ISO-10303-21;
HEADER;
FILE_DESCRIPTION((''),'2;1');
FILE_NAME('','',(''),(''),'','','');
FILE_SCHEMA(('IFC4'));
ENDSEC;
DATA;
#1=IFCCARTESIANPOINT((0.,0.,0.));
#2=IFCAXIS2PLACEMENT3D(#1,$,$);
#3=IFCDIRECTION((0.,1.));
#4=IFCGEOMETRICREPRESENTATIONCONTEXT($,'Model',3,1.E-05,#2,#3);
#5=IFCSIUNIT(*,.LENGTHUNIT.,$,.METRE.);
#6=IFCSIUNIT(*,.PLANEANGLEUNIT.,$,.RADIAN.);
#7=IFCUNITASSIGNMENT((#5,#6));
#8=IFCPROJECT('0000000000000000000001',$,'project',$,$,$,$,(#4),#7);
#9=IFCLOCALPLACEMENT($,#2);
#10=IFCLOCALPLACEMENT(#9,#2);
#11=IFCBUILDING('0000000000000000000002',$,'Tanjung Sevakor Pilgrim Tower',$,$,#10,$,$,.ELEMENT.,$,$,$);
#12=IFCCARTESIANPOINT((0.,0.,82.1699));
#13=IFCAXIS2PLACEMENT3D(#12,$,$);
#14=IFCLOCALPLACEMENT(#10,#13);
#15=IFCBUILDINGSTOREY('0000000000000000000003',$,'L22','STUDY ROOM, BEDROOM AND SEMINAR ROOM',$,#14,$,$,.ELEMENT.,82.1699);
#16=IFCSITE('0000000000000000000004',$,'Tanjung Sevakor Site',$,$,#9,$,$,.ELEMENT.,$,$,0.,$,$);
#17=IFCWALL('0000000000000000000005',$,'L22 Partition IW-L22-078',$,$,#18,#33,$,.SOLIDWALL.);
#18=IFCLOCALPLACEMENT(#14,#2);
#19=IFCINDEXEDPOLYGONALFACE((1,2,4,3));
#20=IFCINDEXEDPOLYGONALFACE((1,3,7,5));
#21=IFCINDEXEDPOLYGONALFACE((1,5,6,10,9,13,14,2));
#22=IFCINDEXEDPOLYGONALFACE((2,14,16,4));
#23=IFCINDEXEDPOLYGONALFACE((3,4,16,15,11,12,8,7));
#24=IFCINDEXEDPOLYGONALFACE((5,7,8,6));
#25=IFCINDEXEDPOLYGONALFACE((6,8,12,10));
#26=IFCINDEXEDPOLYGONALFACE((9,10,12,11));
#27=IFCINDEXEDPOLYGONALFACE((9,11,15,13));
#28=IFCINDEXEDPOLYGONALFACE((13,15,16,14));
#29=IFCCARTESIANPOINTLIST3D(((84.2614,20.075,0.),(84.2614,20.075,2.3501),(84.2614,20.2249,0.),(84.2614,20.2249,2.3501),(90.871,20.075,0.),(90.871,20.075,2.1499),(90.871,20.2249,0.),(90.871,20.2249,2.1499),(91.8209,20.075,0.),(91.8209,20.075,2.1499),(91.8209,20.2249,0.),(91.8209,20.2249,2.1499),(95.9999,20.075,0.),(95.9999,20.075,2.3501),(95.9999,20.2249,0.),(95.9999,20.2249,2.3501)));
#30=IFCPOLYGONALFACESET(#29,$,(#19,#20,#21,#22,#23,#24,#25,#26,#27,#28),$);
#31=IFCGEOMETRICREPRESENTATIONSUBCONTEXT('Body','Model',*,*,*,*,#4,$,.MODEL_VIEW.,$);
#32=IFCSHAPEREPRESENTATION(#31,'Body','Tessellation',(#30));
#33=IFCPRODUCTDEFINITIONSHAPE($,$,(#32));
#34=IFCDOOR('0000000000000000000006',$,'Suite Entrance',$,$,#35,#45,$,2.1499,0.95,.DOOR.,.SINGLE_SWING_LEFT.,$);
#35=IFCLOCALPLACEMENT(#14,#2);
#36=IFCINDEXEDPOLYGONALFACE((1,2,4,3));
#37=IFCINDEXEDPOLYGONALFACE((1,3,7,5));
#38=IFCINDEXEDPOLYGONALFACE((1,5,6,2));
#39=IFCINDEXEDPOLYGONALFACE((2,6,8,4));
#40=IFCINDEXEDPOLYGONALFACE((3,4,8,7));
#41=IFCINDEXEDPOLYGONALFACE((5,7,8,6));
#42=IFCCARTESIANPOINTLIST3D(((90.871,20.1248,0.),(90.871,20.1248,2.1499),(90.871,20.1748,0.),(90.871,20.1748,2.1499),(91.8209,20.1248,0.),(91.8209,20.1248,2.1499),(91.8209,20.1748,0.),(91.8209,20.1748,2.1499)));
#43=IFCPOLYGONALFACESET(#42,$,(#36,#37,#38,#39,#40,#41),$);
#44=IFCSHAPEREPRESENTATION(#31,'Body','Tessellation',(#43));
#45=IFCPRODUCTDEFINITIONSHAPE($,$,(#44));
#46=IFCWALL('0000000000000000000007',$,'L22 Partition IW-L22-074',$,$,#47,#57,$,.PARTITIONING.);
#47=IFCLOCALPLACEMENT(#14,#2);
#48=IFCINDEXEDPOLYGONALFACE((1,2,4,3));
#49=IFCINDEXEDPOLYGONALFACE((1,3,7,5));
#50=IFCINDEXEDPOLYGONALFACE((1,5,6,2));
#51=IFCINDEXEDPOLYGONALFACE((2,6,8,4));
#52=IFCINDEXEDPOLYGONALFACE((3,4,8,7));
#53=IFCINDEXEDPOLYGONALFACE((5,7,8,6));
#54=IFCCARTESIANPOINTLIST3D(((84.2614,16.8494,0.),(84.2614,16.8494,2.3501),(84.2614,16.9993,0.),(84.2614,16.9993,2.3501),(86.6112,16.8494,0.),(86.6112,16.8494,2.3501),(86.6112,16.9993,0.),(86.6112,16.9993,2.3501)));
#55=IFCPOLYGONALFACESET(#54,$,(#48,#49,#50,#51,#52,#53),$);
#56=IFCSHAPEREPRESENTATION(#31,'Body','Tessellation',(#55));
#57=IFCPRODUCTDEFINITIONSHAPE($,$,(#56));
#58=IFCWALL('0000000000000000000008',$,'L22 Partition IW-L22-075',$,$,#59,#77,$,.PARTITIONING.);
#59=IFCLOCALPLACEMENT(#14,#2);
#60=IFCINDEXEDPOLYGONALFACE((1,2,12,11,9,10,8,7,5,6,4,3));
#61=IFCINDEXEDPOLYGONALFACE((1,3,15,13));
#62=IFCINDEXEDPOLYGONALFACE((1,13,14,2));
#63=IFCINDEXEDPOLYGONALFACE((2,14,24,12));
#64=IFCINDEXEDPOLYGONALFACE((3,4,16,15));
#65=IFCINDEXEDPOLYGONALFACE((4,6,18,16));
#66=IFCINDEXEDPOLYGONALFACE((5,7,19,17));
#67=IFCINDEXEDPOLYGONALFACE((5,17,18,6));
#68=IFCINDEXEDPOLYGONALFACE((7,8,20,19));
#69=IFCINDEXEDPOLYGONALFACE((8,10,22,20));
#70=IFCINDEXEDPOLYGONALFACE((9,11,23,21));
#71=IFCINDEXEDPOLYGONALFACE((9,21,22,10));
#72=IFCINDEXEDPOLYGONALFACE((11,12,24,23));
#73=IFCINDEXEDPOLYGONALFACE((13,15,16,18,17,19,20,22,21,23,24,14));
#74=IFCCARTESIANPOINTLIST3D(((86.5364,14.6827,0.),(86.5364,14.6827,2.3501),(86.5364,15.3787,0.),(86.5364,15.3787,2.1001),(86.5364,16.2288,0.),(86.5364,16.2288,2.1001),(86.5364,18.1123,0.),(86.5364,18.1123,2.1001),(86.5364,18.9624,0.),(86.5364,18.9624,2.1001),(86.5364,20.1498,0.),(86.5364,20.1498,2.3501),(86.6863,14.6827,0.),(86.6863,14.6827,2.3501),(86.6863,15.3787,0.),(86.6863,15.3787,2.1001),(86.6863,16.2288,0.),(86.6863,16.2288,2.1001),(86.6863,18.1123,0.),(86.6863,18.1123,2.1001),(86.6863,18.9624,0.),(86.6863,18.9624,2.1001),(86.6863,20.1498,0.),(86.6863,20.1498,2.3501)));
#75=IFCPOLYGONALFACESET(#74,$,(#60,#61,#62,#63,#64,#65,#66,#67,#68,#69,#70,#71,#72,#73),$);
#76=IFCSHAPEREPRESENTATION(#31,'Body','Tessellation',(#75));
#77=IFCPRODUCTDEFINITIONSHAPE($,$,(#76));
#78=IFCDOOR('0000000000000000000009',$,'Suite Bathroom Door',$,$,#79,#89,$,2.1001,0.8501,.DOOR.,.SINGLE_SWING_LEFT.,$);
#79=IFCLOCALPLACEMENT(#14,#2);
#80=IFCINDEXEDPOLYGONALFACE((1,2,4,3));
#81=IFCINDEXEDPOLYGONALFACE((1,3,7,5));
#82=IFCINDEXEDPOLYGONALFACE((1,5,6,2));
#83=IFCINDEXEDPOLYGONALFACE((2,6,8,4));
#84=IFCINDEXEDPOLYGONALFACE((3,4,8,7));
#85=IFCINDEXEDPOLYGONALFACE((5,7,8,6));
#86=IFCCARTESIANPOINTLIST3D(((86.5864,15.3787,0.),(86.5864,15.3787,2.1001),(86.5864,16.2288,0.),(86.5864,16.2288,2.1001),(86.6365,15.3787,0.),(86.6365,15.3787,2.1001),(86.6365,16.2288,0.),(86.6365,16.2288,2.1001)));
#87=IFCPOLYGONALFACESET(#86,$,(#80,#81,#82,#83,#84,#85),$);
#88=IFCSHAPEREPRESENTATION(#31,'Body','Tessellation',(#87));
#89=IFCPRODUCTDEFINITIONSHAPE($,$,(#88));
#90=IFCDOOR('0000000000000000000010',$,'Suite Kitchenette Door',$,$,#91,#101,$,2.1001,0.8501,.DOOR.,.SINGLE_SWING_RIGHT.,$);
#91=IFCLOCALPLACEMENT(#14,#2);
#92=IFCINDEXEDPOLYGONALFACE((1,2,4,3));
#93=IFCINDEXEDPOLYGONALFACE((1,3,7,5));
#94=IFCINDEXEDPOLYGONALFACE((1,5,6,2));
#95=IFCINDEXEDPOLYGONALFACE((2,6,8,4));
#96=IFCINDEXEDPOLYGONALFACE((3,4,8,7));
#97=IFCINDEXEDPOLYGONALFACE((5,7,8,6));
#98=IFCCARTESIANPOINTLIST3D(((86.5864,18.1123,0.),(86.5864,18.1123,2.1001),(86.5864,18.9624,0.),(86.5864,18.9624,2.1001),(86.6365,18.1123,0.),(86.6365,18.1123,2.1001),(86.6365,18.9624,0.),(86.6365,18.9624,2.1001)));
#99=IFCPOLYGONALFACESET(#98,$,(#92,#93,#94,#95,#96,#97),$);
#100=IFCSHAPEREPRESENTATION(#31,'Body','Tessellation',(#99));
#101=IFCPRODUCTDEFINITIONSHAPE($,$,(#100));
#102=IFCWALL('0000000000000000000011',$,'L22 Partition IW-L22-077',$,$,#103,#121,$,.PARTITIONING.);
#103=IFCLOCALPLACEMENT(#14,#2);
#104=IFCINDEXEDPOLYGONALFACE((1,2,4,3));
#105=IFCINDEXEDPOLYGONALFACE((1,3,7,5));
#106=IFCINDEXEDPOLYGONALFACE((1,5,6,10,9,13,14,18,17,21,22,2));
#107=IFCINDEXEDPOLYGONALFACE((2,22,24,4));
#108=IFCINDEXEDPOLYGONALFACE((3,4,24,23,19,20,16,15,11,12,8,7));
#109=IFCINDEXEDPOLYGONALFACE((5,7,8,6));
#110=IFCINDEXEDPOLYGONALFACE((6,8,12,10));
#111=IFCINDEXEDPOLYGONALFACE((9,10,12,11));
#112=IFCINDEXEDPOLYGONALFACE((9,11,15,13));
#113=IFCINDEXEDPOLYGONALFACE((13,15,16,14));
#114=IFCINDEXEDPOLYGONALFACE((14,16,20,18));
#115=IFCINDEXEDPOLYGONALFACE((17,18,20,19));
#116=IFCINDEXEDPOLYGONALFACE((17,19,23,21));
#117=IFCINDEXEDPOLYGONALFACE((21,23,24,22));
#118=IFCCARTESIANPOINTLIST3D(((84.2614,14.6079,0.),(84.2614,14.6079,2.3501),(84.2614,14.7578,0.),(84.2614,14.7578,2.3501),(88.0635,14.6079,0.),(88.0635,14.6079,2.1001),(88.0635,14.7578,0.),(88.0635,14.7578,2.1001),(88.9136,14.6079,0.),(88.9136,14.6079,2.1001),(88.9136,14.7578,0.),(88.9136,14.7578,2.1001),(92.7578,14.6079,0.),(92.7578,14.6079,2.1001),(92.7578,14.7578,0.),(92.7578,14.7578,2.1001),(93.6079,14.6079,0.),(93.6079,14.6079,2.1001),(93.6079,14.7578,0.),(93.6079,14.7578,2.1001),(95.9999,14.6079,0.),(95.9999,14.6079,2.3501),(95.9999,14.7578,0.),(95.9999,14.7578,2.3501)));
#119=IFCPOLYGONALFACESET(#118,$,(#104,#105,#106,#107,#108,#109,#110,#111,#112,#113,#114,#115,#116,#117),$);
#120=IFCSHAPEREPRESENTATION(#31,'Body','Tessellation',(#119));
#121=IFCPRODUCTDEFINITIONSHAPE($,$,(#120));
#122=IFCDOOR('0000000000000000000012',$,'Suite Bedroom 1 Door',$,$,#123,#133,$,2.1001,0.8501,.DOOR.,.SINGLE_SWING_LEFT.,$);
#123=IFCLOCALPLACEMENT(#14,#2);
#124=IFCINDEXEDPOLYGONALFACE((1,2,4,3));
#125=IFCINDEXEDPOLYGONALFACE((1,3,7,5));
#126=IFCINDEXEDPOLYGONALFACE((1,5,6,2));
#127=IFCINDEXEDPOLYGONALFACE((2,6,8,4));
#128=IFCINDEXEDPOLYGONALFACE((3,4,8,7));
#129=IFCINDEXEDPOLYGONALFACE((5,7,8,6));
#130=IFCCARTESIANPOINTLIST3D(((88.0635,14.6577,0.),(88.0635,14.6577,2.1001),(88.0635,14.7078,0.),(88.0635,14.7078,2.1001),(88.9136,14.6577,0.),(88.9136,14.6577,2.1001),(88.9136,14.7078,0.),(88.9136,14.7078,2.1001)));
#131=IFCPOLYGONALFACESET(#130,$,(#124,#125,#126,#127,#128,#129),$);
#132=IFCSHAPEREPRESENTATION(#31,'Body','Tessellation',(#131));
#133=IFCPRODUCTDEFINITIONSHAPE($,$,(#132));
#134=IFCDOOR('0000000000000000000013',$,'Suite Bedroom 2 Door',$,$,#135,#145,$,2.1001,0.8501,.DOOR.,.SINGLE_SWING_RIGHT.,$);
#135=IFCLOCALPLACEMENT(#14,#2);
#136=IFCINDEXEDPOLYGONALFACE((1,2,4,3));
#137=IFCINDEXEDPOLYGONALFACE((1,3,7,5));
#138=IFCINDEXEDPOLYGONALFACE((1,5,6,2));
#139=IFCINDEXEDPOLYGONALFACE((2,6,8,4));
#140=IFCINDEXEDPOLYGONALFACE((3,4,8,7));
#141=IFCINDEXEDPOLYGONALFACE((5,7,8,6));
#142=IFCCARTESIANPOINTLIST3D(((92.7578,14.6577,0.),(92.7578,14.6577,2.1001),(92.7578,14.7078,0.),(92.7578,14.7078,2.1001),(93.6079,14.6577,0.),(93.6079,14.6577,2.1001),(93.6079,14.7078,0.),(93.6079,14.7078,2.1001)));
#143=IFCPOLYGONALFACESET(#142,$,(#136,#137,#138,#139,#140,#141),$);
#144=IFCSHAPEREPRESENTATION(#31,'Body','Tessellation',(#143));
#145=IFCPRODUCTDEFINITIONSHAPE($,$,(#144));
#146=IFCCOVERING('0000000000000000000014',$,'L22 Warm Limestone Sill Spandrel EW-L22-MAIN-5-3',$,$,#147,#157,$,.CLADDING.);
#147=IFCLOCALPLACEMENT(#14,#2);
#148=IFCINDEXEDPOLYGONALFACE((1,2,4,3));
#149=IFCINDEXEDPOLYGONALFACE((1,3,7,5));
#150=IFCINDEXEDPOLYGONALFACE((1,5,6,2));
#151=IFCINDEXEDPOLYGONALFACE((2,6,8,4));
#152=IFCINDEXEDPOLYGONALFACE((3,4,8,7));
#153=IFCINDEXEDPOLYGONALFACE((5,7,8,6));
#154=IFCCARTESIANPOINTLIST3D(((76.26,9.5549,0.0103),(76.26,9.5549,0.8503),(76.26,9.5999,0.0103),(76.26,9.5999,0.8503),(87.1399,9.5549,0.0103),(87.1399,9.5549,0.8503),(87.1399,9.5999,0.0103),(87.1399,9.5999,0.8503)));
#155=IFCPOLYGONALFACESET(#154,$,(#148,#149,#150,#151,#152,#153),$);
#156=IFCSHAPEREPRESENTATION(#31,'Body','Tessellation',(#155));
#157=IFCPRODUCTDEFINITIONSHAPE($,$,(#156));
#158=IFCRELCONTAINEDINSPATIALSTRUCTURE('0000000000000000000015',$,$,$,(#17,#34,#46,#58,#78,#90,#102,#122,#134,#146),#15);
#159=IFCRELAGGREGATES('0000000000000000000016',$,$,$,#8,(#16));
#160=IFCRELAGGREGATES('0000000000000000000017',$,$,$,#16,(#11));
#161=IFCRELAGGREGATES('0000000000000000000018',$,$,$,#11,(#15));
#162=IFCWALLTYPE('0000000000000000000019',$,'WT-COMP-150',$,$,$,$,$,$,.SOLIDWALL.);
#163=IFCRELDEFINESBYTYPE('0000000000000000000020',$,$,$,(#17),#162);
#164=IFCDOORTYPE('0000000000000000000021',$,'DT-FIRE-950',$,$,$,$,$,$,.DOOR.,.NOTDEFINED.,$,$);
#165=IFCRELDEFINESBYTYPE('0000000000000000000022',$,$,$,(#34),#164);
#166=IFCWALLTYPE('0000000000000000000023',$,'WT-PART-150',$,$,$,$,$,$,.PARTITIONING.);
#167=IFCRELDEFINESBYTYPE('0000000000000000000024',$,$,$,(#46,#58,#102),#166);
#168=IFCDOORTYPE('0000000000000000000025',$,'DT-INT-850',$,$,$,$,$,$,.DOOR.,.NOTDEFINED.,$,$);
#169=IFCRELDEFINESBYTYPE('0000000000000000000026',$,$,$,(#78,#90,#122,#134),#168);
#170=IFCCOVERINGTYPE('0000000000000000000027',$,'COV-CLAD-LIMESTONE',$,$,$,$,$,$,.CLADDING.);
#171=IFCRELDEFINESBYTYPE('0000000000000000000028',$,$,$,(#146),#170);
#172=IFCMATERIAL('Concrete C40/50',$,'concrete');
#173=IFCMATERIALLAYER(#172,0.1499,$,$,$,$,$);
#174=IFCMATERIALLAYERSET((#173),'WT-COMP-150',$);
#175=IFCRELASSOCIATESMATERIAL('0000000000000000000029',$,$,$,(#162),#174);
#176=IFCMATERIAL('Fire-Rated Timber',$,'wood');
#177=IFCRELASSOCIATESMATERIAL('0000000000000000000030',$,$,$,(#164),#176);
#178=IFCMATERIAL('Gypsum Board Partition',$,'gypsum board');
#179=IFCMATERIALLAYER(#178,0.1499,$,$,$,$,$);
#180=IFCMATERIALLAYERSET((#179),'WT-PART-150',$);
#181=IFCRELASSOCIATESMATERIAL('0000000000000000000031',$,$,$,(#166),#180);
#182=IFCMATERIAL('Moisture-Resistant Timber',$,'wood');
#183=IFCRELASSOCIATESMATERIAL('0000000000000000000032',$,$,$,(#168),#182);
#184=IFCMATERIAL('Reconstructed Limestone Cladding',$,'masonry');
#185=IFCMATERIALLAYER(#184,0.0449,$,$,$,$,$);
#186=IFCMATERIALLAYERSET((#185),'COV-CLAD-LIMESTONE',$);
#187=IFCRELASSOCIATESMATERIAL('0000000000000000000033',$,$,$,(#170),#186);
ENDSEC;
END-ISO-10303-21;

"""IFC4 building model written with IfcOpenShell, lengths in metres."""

from ifc_helpers import new_model, si_unit, direction, frame, frame_2d, origin, origin_2d, place, context, subcontext, project, spatial, rectangle, extrude, material, layer, layer_set, type_object, element, fill, save


model = new_model("IFC4")

# Units and contexts
model_context = context("Model", 3, precision=1e-05, world=origin(), true_north=direction((0.0, 1.0)))
body_context = subcontext(model_context, "Body", "Model", "MODEL_VIEW")
ifc_project = project(units=[si_unit("LENGTHUNIT", "METRE"), si_unit("PLANEANGLEUNIT", "RADIAN")], contexts=[model_context])

# Site, building, storey
site_placement = place(None, origin())
site = spatial("IfcSite", under=ifc_project, at=site_placement, Name="Tanjung Sevakor Site", CompositionType="ELEMENT", RefElevation=0.0)
building_placement = place(site_placement, origin())
building = spatial("IfcBuilding", under=site, at=building_placement, Name="Tanjung Sevakor Pilgrim Tower", CompositionType="ELEMENT")
storey_placement = place(building_placement, frame((0.0, 0.0, 82.1699)))
storey = spatial("IfcBuildingStorey", under=building, at=storey_placement, Name="L22", Description="STUDY ROOM, BEDROOM AND SEMINAR ROOM", CompositionType="ELEMENT", Elevation=82.1699)

# Shared definitions
ifc_material_1 = material(Name="Concrete C40/50", Category="concrete")
ifc_layer_1 = layer(ifc_material_1, 0.1499)
ifc_layer_set_1 = layer_set([ifc_layer_1], Name="WT-COMP-150")
wall_type_1 = type_object("IfcWallType", Name="WT-COMP-150", PredefinedType="SOLIDWALL", material=ifc_layer_set_1)

# Wall, opening, door
wall_1_placement = place(storey_placement, frame((84.2615, 20.1499, 0.0), z_axis=(0.0, 0.0, 1.0), x_axis=(1.0, 0.0, 0.0)))
wall_1 = element("IfcWall", 1, at=wall_1_placement, inside=storey, type_object=wall_type_1, Name="L22 Partition IW-L22-078", PredefinedType="SOLIDWALL", context=body_context, shape_type="SweptSolid", body=[
    extrude(rectangle(XDim=11.7385, YDim=0.1499, at=frame_2d((5.8691, 0.0))), origin(), (0.0, 0.0, 1.0), 2.3501),
])
opening_1_placement = place(wall_1_placement, frame((6.6094, 0.0, 0.0)))
opening_1 = element("IfcOpeningElement", 2, at=opening_1_placement, cuts=wall_1, PredefinedType="OPENING", context=body_context, shape_type="SweptSolid", body=[
    extrude(rectangle(XDim=0.95, YDim=2.1499, at=frame_2d((0.4751, 1.075))), frame((0.0, 0.085, 0.0), z_axis=(0.0, -1.0, 0.0), x_axis=(1.0, 0.0, 0.0)), (0.0, 0.0, 1.0), 0.1699),
])
ifc_material_2 = material(Name="Fire-Rated Timber", Category="wood")
door_type_1 = type_object("IfcDoorType", Name="DT-FIRE-950", OperationType="NOTDEFINED", PredefinedType="DOOR", material=ifc_material_2)
door_1_placement = place(opening_1_placement, origin())
door_1 = element("IfcDoor", 3, at=door_1_placement, inside=storey, type_object=door_type_1, Name="Suite Entrance", OperationType="SINGLE_SWING_LEFT", OverallHeight=2.1499, OverallWidth=0.95, PredefinedType="DOOR", context=body_context, shape_type="SweptSolid", body=[
    extrude(rectangle(XDim=0.95, YDim=2.1499, at=frame_2d((0.4751, 1.075))), frame((0.0, 0.0249, 0.0), z_axis=(0.0, -1.0, 0.0), x_axis=(1.0, 0.0, 0.0)), (0.0, 0.0, 1.0), 0.05),
])
fill(opening_1, door_1)

# Wall
ifc_material_3 = material(Name="Gypsum Board Partition", Category="gypsum board")
ifc_layer_2 = layer(ifc_material_3, 0.1499)
ifc_layer_set_2 = layer_set([ifc_layer_2], Name="WT-PART-150")
wall_type_2 = type_object("IfcWallType", Name="WT-PART-150", PredefinedType="PARTITIONING", material=ifc_layer_set_2)
wall_2_placement = place(storey_placement, frame((84.2615, 16.9243, 0.0), z_axis=(0.0, 0.0, 1.0), x_axis=(1.0, 0.0, 0.0)))
element("IfcWall", 4, at=wall_2_placement, inside=storey, type_object=wall_type_2, Name="L22 Partition IW-L22-074", PredefinedType="PARTITIONING", context=body_context, shape_type="SweptSolid", body=[
    extrude(rectangle(XDim=2.3499, YDim=0.1499, at=frame_2d((1.1748, 0.0))), origin(), (0.0, 0.0, 1.0), 2.3501),
])

# Walls, openings, doors
wall_3_placement = place(storey_placement, frame((86.6113, 14.6829, 0.0), z_axis=(0.0, 0.0, 1.0), x_axis=(0.0, 1.0, 0.0)))
wall_3 = element("IfcWall", 5, at=wall_3_placement, inside=storey, type_object=wall_type_2, Name="L22 Partition IW-L22-075", PredefinedType="PARTITIONING", context=body_context, shape_type="SweptSolid", body=[
    extrude(rectangle(XDim=5.467, YDim=0.1499, at=frame_2d((2.7334, 0.0))), origin(), (0.0, 0.0, 1.0), 2.3501),
])
opening_2_placement = place(wall_3_placement, frame((0.6958, 0.0, 0.0)))
opening_2 = element("IfcOpeningElement", 6, at=opening_2_placement, cuts=wall_3, PredefinedType="OPENING", context=body_context, shape_type="SweptSolid", body=[
    extrude(rectangle(XDim=0.8501, YDim=2.1001, at=frame_2d((0.425, 1.05))), frame((0.0, 0.085, 0.0), z_axis=(0.0, -1.0, 0.0), x_axis=(1.0, 0.0, 0.0)), (0.0, 0.0, 1.0), 0.1699),
])
opening_3_placement = place(wall_3_placement, frame((3.4294, 0.0, 0.0)))
opening_3 = element("IfcOpeningElement", 7, at=opening_3_placement, cuts=wall_3, PredefinedType="OPENING", context=body_context, shape_type="SweptSolid", body=[
    extrude(rectangle(XDim=0.8501, YDim=2.1001, at=frame_2d((0.425, 1.05))), frame((0.0, 0.085, 0.0), z_axis=(0.0, -1.0, 0.0), x_axis=(1.0, 0.0, 0.0)), (0.0, 0.0, 1.0), 0.1699),
])
ifc_material_4 = material(Name="Moisture-Resistant Timber", Category="wood")
door_type_2 = type_object("IfcDoorType", Name="DT-INT-850", OperationType="NOTDEFINED", PredefinedType="DOOR", material=ifc_material_4)
door_2_placement = place(opening_2_placement, origin())
door_2 = element("IfcDoor", 8, at=door_2_placement, inside=storey, type_object=door_type_2, Name="Suite Bathroom Door", OperationType="SINGLE_SWING_LEFT", OverallHeight=2.1001, OverallWidth=0.8501, PredefinedType="DOOR", context=body_context, shape_type="SweptSolid", body=[
    extrude(rectangle(XDim=0.8501, YDim=2.1001, at=frame_2d((0.425, 1.05))), frame((0.0, 0.0249, 0.0), z_axis=(0.0, -1.0, 0.0), x_axis=(1.0, 0.0, 0.0)), (0.0, 0.0, 1.0), 0.05),
])
fill(opening_2, door_2)
door_3_placement = place(opening_3_placement, origin())
door_3 = element("IfcDoor", 9, at=door_3_placement, inside=storey, type_object=door_type_2, Name="Suite Kitchenette Door", OperationType="SINGLE_SWING_RIGHT", OverallHeight=2.1001, OverallWidth=0.8501, PredefinedType="DOOR", context=body_context, shape_type="SweptSolid", body=[
    extrude(rectangle(XDim=0.8501, YDim=2.1001, at=frame_2d((0.425, 1.05))), frame((0.0, 0.0249, 0.0), z_axis=(0.0, -1.0, 0.0), x_axis=(1.0, 0.0, 0.0)), (0.0, 0.0, 1.0), 0.05),
])
fill(opening_3, door_3)
wall_4_placement = place(storey_placement, frame((84.2615, 14.6829, 0.0), z_axis=(0.0, 0.0, 1.0), x_axis=(1.0, 0.0, 0.0)))
wall_4 = element("IfcWall", 10, at=wall_4_placement, inside=storey, type_object=wall_type_2, Name="L22 Partition IW-L22-077", PredefinedType="PARTITIONING", context=body_context, shape_type="SweptSolid", body=[
    extrude(rectangle(XDim=11.7385, YDim=0.1499, at=frame_2d((5.8691, 0.0))), origin(), (0.0, 0.0, 1.0), 2.3501),
])
opening_4_placement = place(wall_4_placement, frame((3.802, 0.0, 0.0)))
opening_4 = element("IfcOpeningElement", 11, at=opening_4_placement, cuts=wall_4, PredefinedType="OPENING", context=body_context, shape_type="SweptSolid", body=[
    extrude(rectangle(XDim=0.8501, YDim=2.1001, at=frame_2d((0.425, 1.05))), frame((0.0, 0.085, 0.0), z_axis=(0.0, -1.0, 0.0), x_axis=(1.0, 0.0, 0.0)), (0.0, 0.0, 1.0), 0.1699),
])
opening_5_placement = place(wall_4_placement, frame((8.4963, 0.0, 0.0)))
opening_5 = element("IfcOpeningElement", 12, at=opening_5_placement, cuts=wall_4, PredefinedType="OPENING", context=body_context, shape_type="SweptSolid", body=[
    extrude(rectangle(XDim=0.8501, YDim=2.1001, at=frame_2d((0.425, 1.05))), frame((0.0, 0.085, 0.0), z_axis=(0.0, -1.0, 0.0), x_axis=(1.0, 0.0, 0.0)), (0.0, 0.0, 1.0), 0.1699),
])
door_4_placement = place(opening_4_placement, origin())
door_4 = element("IfcDoor", 13, at=door_4_placement, inside=storey, type_object=door_type_2, Name="Suite Bedroom 1 Door", OperationType="SINGLE_SWING_LEFT", OverallHeight=2.1001, OverallWidth=0.8501, PredefinedType="DOOR", context=body_context, shape_type="SweptSolid", body=[
    extrude(rectangle(XDim=0.8501, YDim=2.1001, at=frame_2d((0.425, 1.05))), frame((0.0, 0.0249, 0.0), z_axis=(0.0, -1.0, 0.0), x_axis=(1.0, 0.0, 0.0)), (0.0, 0.0, 1.0), 0.05),
])
fill(opening_4, door_4)
door_5_placement = place(opening_5_placement, origin())
door_5 = element("IfcDoor", 14, at=door_5_placement, inside=storey, type_object=door_type_2, Name="Suite Bedroom 2 Door", OperationType="SINGLE_SWING_RIGHT", OverallHeight=2.1001, OverallWidth=0.8501, PredefinedType="DOOR", context=body_context, shape_type="SweptSolid", body=[
    extrude(rectangle(XDim=0.8501, YDim=2.1001, at=frame_2d((0.425, 1.05))), frame((0.0, 0.0249, 0.0), z_axis=(0.0, -1.0, 0.0), x_axis=(1.0, 0.0, 0.0)), (0.0, 0.0, 1.0), 0.05),
])
fill(opening_5, door_5)

# Covering
ifc_material_5 = material(Name="Reconstructed Limestone Cladding", Category="masonry")
ifc_layer_3 = layer(ifc_material_5, 0.0449)
ifc_layer_set_3 = layer_set([ifc_layer_3], Name="COV-CLAD-LIMESTONE")
covering_type = type_object("IfcCoveringType", Name="COV-CLAD-LIMESTONE", PredefinedType="CLADDING", material=ifc_layer_set_3)
covering_placement = place(storey_placement, frame((81.7, 9.5774, 0.0103), z_axis=(0.0, 0.0, 1.0), x_axis=(1.0, 0.0, 0.0)))
element("IfcCovering", 15, at=covering_placement, inside=storey, type_object=covering_type, Name="L22 Warm Limestone Sill Spandrel EW-L22-MAIN-5-3", PredefinedType="CLADDING", context=body_context, shape_type="SweptSolid", body=[
    extrude(rectangle(XDim=10.8799, YDim=0.0449, at=origin_2d()), origin(), (0.0, 0.0, 1.0), 0.8401),
])

save(model, "model.ifc")
